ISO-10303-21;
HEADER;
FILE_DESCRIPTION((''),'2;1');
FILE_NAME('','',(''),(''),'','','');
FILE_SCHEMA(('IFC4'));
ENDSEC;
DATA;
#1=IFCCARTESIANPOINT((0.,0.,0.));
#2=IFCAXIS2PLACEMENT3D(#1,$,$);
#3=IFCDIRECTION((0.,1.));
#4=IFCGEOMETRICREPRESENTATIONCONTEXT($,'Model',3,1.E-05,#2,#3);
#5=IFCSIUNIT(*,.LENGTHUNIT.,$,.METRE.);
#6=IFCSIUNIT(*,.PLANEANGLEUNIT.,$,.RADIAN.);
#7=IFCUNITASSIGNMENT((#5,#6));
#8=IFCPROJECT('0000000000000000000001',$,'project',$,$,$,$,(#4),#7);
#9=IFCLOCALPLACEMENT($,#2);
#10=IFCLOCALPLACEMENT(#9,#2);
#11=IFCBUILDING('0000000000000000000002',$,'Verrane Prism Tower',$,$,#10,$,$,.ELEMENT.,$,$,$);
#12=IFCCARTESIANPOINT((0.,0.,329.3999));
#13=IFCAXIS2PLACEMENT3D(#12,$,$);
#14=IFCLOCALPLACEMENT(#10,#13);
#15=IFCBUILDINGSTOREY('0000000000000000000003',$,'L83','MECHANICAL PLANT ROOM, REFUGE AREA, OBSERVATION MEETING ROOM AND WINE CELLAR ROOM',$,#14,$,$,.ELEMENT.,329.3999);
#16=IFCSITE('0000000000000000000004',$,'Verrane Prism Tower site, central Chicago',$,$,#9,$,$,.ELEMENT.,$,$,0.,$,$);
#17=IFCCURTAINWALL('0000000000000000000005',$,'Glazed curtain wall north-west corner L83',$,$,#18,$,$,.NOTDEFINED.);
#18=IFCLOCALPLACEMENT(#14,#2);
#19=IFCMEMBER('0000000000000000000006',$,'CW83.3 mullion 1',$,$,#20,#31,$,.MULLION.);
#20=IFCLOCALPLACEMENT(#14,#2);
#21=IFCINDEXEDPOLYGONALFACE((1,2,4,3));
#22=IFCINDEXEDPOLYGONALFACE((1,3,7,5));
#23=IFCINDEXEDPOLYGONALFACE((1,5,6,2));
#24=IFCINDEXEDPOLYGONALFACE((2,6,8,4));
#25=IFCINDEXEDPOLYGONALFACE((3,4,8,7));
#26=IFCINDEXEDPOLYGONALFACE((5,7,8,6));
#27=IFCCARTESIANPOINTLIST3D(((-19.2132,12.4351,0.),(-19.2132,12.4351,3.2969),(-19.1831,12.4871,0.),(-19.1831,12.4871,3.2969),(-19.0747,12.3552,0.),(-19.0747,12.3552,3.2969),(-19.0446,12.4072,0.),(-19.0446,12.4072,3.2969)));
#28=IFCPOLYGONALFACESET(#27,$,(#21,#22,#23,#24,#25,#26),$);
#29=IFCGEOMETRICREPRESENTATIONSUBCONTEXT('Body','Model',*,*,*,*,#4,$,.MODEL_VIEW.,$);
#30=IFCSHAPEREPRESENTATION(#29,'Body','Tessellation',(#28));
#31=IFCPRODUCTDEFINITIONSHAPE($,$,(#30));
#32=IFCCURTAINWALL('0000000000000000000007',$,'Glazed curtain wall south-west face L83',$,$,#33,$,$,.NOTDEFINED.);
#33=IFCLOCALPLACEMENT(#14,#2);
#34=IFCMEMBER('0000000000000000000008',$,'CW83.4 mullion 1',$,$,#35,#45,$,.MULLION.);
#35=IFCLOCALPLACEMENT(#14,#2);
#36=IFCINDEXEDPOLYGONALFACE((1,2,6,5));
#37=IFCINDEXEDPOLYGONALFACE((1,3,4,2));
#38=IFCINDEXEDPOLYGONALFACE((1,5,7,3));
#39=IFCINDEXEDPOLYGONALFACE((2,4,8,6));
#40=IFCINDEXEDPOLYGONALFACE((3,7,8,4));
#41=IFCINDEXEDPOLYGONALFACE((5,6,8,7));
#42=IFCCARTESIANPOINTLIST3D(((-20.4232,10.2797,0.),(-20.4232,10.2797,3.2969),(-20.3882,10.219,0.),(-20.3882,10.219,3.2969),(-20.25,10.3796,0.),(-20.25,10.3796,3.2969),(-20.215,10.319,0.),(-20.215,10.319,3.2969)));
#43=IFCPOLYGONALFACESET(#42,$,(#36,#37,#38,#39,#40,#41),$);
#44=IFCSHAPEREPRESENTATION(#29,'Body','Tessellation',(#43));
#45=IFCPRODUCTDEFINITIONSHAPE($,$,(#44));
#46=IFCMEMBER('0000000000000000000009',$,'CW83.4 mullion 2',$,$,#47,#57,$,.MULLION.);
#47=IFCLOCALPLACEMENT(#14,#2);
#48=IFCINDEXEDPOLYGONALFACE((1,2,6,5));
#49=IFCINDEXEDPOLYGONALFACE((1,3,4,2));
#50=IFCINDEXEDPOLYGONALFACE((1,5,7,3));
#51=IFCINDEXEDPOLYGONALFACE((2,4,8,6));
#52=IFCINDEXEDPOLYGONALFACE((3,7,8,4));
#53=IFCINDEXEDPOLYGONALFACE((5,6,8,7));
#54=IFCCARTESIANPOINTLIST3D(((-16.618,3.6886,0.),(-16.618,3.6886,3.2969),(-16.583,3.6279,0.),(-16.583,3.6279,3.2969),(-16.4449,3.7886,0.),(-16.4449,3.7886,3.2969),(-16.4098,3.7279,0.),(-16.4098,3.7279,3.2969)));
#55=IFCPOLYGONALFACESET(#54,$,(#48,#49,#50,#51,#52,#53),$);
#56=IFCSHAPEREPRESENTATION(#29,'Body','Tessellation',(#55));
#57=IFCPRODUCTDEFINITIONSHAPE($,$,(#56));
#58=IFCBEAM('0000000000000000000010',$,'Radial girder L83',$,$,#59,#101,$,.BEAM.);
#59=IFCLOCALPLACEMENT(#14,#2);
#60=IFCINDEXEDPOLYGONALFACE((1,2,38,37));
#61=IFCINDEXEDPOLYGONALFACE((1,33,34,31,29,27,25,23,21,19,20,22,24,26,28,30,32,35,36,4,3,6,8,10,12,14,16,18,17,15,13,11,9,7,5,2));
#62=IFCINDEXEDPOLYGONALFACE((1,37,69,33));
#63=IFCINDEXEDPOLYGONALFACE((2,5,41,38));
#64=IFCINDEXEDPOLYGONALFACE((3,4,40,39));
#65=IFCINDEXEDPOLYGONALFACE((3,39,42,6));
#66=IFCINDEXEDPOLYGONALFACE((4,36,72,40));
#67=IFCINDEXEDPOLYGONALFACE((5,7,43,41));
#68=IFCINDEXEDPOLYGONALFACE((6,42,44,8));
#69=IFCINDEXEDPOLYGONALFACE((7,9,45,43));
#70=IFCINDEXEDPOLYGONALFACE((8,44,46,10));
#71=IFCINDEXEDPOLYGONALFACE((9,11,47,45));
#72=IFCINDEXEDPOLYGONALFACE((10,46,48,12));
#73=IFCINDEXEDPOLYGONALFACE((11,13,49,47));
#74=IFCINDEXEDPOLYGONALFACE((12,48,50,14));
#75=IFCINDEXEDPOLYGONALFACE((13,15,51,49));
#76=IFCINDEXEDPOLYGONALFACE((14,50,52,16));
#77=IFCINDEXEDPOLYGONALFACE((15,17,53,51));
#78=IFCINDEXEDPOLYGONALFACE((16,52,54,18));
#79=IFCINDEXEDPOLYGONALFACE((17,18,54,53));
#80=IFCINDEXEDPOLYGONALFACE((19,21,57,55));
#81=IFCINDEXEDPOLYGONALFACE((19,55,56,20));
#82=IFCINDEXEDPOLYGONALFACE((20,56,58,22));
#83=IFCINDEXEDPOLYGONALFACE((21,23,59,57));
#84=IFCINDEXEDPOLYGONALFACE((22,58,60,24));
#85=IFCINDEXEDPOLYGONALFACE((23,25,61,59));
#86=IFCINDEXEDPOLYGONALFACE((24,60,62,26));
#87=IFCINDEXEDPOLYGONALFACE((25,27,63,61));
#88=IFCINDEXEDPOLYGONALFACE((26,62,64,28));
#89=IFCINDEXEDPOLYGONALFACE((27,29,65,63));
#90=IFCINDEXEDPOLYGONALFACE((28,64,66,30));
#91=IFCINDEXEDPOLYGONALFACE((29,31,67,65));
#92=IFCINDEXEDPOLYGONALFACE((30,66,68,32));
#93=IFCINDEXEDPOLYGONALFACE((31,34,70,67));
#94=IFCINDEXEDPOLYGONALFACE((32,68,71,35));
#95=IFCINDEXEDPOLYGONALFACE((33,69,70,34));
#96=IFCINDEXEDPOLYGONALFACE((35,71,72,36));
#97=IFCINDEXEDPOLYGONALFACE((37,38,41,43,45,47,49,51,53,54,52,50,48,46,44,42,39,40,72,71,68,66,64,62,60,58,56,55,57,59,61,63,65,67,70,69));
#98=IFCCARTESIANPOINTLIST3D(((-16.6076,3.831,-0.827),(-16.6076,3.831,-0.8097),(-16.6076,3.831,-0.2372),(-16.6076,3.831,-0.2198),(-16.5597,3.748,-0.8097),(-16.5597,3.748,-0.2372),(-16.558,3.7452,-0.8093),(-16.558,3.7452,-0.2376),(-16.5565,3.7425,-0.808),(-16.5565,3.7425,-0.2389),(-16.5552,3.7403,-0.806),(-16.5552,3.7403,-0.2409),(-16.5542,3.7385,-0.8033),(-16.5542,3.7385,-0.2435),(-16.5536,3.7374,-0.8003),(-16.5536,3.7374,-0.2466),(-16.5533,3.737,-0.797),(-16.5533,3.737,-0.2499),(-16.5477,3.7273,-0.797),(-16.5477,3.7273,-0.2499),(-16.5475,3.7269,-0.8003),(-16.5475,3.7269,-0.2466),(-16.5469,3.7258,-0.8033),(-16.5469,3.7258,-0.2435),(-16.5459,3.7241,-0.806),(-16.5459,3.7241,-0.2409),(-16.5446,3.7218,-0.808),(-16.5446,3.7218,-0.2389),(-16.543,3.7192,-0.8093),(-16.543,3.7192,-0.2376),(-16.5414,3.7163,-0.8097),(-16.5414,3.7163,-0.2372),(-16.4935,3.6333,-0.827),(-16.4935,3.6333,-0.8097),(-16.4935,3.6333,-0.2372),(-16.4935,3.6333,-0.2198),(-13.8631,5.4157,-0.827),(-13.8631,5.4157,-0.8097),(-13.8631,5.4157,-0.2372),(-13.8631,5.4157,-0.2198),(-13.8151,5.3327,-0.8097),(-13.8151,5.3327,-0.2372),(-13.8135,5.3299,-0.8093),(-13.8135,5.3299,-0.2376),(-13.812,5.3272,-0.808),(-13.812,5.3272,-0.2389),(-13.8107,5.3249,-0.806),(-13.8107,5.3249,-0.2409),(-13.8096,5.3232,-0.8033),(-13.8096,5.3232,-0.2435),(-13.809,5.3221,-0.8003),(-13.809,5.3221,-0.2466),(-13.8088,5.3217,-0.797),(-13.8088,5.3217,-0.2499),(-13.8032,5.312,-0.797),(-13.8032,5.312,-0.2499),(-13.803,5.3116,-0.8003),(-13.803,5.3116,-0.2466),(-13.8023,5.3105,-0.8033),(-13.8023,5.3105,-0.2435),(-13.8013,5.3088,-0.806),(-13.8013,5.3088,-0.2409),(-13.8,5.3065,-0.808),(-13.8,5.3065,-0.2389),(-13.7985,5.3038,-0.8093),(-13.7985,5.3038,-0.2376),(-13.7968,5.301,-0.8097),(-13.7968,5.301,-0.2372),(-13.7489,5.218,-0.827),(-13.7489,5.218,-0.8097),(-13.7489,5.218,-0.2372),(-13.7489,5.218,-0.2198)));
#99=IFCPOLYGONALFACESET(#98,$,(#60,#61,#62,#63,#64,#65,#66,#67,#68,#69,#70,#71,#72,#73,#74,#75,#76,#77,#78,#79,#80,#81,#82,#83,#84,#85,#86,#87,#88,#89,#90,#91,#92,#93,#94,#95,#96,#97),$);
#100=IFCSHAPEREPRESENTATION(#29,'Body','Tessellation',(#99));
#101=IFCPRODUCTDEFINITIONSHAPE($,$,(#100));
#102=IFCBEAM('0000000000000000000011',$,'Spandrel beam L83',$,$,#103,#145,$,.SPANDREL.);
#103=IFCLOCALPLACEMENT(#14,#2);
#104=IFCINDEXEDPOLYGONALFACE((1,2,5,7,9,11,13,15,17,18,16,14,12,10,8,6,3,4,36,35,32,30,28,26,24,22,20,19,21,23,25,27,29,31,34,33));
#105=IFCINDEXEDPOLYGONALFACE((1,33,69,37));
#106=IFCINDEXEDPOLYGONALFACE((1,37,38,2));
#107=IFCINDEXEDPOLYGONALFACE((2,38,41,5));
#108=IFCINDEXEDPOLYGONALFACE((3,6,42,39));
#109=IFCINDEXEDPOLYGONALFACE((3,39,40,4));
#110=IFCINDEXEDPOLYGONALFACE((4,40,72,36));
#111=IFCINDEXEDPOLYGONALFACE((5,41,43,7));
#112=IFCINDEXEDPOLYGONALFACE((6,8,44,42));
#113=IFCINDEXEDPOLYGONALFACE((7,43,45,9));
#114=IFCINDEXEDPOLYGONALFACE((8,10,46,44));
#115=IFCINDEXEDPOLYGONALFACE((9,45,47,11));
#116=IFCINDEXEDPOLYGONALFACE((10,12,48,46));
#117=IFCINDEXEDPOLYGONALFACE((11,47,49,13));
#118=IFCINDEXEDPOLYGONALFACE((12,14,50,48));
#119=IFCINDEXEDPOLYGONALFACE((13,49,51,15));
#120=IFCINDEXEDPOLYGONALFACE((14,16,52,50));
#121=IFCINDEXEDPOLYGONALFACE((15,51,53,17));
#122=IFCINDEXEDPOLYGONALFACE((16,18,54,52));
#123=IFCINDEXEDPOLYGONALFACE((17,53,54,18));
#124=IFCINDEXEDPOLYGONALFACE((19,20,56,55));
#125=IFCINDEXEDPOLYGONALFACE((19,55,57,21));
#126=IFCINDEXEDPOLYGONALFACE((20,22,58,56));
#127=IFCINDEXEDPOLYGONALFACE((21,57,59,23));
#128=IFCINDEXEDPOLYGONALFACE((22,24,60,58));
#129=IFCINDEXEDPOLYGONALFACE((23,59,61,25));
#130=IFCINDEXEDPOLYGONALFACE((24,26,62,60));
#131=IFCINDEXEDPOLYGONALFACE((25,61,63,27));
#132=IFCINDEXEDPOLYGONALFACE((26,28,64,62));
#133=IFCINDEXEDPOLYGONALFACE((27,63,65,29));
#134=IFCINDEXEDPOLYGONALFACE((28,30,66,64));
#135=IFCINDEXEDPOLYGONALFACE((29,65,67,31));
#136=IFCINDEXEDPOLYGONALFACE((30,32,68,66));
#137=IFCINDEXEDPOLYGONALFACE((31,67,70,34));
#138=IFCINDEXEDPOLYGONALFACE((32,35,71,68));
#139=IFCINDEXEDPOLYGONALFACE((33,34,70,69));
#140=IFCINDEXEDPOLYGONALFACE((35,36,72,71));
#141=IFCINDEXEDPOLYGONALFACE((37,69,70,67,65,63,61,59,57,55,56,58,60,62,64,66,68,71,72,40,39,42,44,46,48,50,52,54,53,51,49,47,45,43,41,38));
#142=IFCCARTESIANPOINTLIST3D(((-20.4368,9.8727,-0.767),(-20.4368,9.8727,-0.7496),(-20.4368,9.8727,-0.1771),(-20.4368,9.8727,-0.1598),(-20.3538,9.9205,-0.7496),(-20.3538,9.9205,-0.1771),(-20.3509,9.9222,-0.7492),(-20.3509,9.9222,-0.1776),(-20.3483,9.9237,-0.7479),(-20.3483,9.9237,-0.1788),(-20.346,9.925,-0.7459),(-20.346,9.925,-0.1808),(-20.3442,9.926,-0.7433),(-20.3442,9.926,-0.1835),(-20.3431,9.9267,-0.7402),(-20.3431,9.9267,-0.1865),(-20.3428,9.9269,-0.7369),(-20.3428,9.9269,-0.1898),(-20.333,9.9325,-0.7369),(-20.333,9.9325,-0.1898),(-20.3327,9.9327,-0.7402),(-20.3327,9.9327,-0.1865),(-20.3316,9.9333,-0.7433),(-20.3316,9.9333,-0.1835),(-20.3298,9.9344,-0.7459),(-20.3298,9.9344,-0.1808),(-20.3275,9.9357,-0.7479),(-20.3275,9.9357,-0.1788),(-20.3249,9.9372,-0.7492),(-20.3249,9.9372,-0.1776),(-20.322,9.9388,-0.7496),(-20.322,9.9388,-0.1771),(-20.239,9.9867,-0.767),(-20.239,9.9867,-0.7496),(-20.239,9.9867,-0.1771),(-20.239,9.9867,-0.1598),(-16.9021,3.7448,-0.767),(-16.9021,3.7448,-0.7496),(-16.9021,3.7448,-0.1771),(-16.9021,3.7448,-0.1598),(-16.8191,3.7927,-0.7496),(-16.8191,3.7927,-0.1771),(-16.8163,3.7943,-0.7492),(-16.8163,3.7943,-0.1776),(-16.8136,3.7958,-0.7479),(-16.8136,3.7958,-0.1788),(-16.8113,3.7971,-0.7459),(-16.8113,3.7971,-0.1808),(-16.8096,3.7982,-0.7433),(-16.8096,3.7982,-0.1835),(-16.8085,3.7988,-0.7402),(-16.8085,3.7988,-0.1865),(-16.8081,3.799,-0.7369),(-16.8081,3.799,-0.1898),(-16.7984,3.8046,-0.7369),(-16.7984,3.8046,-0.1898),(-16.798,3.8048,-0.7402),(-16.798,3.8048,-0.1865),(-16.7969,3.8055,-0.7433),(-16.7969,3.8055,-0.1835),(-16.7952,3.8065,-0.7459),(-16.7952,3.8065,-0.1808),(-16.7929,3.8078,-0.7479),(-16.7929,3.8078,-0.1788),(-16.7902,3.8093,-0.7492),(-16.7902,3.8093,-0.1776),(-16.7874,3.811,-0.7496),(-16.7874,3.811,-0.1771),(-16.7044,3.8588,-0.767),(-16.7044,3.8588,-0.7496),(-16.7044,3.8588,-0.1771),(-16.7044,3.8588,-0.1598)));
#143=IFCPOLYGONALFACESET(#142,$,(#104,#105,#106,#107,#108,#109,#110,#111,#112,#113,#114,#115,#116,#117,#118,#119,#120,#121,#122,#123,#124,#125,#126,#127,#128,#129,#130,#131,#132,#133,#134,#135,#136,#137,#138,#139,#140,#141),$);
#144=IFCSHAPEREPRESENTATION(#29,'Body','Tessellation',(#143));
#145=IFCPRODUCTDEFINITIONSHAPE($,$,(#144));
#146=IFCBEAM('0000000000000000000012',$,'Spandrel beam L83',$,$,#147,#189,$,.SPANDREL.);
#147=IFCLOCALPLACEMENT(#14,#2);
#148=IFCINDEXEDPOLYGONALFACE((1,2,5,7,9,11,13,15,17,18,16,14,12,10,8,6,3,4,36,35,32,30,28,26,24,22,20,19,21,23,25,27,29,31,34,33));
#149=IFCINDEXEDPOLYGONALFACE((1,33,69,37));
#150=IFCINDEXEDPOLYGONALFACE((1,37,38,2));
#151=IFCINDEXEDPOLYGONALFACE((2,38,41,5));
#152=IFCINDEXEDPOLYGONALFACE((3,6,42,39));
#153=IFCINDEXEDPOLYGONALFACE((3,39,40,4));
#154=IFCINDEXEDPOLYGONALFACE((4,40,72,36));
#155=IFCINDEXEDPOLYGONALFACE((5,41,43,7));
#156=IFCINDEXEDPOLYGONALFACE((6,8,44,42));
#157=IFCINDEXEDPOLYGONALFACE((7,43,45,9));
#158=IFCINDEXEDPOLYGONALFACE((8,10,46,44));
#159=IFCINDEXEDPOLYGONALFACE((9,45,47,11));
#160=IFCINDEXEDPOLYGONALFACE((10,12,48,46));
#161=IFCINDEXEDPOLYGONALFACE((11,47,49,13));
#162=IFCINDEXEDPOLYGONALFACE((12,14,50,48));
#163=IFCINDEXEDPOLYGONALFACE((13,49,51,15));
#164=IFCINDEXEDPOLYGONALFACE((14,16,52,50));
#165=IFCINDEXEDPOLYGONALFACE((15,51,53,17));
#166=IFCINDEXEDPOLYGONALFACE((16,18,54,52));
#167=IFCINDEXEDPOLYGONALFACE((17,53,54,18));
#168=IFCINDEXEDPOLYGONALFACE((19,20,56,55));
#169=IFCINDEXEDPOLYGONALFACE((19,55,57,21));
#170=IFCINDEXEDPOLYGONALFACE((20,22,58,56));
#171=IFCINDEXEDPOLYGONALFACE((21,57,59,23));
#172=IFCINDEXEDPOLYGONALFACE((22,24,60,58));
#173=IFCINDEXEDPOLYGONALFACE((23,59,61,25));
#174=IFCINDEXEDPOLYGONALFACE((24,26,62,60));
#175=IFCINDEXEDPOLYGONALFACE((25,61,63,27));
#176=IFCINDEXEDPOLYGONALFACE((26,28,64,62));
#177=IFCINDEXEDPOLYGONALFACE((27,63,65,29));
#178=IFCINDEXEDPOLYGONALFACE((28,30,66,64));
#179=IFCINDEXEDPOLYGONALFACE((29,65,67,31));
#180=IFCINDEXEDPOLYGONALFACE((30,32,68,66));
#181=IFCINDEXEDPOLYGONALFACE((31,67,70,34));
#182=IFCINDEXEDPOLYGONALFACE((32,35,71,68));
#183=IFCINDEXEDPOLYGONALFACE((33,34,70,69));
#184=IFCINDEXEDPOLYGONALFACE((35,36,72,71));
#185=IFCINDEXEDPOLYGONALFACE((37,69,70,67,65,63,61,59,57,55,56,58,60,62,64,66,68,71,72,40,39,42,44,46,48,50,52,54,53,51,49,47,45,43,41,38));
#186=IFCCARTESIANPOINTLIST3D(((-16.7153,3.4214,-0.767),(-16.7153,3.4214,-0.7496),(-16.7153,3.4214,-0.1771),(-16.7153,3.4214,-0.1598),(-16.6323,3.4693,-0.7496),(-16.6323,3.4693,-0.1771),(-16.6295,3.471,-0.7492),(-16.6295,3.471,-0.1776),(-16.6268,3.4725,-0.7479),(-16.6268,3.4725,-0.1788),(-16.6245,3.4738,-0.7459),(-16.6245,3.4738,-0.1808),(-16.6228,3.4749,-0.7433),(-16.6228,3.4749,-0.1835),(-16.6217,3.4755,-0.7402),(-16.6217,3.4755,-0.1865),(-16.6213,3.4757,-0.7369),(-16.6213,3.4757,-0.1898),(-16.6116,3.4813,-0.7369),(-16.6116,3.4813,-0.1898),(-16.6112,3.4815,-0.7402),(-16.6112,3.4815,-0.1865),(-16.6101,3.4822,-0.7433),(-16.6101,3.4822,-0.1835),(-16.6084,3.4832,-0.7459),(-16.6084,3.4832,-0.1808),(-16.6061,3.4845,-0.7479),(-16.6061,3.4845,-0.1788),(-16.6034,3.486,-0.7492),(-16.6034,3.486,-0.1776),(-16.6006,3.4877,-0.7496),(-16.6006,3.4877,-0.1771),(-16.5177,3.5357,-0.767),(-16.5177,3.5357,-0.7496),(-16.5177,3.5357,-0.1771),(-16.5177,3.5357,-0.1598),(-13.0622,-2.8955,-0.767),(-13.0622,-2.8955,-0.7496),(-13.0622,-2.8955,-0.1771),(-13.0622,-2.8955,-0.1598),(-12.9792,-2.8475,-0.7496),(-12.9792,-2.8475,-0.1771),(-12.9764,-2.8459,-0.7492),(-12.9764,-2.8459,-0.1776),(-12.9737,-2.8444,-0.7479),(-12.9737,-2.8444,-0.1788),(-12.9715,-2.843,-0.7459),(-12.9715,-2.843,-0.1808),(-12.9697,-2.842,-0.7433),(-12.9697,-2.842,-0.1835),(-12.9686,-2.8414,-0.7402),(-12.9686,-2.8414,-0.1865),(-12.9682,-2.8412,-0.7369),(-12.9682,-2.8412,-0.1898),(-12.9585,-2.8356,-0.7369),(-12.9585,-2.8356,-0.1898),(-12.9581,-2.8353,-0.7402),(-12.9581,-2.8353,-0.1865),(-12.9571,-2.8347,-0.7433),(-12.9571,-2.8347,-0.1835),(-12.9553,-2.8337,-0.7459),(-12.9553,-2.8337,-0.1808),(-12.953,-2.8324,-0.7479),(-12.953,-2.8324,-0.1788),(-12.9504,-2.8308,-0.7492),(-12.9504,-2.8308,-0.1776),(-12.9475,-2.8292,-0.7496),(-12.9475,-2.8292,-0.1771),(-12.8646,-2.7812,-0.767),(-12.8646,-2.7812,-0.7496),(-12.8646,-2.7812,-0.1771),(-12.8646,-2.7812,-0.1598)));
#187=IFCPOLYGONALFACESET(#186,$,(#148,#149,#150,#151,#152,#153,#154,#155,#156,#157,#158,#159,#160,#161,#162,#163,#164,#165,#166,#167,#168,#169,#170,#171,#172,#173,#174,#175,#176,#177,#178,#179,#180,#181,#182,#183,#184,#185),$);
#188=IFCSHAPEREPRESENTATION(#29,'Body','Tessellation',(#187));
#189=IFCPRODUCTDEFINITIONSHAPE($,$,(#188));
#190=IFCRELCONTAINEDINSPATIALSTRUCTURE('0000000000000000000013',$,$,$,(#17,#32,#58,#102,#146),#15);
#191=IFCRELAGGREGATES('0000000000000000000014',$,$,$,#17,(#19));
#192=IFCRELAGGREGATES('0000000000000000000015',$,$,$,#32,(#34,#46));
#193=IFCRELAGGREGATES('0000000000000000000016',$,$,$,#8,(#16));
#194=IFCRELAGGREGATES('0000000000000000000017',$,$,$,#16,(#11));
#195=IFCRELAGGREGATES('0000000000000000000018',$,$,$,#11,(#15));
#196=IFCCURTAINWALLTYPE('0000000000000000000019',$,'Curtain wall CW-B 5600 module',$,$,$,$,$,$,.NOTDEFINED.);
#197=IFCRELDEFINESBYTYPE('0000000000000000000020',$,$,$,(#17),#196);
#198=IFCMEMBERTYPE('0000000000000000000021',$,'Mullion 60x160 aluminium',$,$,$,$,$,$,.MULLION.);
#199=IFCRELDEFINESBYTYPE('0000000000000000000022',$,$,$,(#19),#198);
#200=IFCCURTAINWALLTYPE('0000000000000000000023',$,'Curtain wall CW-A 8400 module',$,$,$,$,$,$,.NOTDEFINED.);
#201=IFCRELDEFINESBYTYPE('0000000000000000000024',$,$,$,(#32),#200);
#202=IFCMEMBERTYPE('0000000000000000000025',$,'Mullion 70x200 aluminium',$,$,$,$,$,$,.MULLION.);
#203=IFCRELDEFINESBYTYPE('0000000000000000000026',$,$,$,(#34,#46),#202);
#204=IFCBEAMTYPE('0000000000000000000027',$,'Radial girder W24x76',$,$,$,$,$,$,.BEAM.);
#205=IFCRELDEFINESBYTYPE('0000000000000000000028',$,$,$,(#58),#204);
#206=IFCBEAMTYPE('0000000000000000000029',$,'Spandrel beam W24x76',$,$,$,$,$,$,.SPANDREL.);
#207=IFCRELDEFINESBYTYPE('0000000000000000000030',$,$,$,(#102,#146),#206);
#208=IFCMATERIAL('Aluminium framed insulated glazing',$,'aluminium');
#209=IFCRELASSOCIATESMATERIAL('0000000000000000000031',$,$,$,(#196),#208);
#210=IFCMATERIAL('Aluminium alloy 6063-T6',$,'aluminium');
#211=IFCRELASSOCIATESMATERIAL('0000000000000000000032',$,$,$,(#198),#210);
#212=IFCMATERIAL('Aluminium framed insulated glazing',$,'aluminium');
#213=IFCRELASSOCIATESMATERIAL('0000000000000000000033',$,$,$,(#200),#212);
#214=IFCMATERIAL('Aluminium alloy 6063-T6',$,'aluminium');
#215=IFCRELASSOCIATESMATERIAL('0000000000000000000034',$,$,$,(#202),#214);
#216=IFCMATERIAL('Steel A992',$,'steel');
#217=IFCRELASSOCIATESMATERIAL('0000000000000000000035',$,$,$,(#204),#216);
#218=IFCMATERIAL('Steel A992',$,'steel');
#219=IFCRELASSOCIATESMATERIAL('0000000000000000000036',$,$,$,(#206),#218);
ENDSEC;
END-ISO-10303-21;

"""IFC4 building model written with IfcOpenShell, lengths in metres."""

from ifc_helpers import new_model, si_unit, direction, frame, origin, origin_2d, place, context, subcontext, project, spatial, rectangle, i_section, extrude, material, material_profile, profile_set, type_object, element, aggregate, save


model = new_model("IFC4")

# Units and contexts
model_context = context("Model", 3, precision=1e-05, world=origin(), true_north=direction((0.0, 1.0)))
body_context = subcontext(model_context, "Body", "Model", "MODEL_VIEW")
ifc_project = project(units=[si_unit("LENGTHUNIT", "METRE"), si_unit("PLANEANGLEUNIT", "RADIAN")], contexts=[model_context])

# Site, building, storey
site_placement = place(None, origin())
site = spatial("IfcSite", under=ifc_project, at=site_placement, Name="Verrane Prism Tower site, central Chicago", CompositionType="ELEMENT", RefElevation=0.0)
building_placement = place(site_placement, origin())
building = spatial("IfcBuilding", under=site, at=building_placement, Name="Verrane Prism Tower", CompositionType="ELEMENT")
storey_placement = place(building_placement, frame((0.0, 0.0, 329.3999)))
storey = spatial("IfcBuildingStorey", under=building, at=storey_placement, Name="L83", Description="MECHANICAL PLANT ROOM, REFUGE AREA, OBSERVATION MEETING ROOM AND WINE CELLAR ROOM", CompositionType="ELEMENT", Elevation=329.3999)

# Curtain wall, member
ifc_material_1 = material(Name="Aluminium framed insulated glazing", Category="aluminium")
curtain_wall_type_1 = type_object("IfcCurtainWallType", Name="Curtain wall CW-B 5600 module", PredefinedType="NOTDEFINED", material=ifc_material_1)
curtain_wall_1_placement = place(storey_placement, origin())
curtain_wall_1 = element("IfcCurtainWall", 1, at=curtain_wall_1_placement, inside=storey, type_object=curtain_wall_type_1, Name="Glazed curtain wall north-west corner L83", PredefinedType="NOTDEFINED")
ifc_material_2 = material(Name="Aluminium alloy 6063-T6", Category="aluminium")
ifc_material_profile_1 = material_profile(ifc_material_2, rectangle(XDim=0.1599, YDim=0.0601, at=origin_2d()), Name="Mullion 60x160 aluminium")
ifc_profile_set_1 = profile_set([ifc_material_profile_1], Name="Aluminium alloy 6063-T6")
member_type_1 = type_object("IfcMemberType", Name="Mullion 60x160 aluminium", PredefinedType="MULLION", material=ifc_profile_set_1)
member_1_placement = place(storey_placement, frame((-19.1289, 12.4211, 0.0), z_axis=(0.0, 0.0, 1.0), x_axis=(0.866025, -0.500001, 0.0)))
member_1 = element("IfcMember", 2, at=member_1_placement, type_object=member_type_1, Name="CW83.3 mullion 1", PredefinedType="MULLION", context=body_context, shape_type="SweptSolid", body=[
    extrude(rectangle(XDim=0.1599, YDim=0.0601, at=origin_2d()), origin(), (0.0, 0.0, 1.0), 3.2969),
])

# Curtain wall, members
ifc_material_3 = material(Name="Aluminium framed insulated glazing", Category="aluminium")
curtain_wall_type_2 = type_object("IfcCurtainWallType", Name="Curtain wall CW-A 8400 module", PredefinedType="NOTDEFINED", material=ifc_material_3)
curtain_wall_2_placement = place(storey_placement, origin())
curtain_wall_2 = element("IfcCurtainWall", 3, at=curtain_wall_2_placement, inside=storey, type_object=curtain_wall_type_2, Name="Glazed curtain wall south-west face L83", PredefinedType="NOTDEFINED")
ifc_material_4 = material(Name="Aluminium alloy 6063-T6", Category="aluminium")
ifc_material_profile_2 = material_profile(ifc_material_4, rectangle(XDim=0.2, YDim=0.0701, at=origin_2d()), Name="Mullion 70x200 aluminium")
ifc_profile_set_2 = profile_set([ifc_material_profile_2], Name="Aluminium alloy 6063-T6")
member_type_2 = type_object("IfcMemberType", Name="Mullion 70x200 aluminium", PredefinedType="MULLION", material=ifc_profile_set_2)
member_2_placement = place(storey_placement, frame((-20.3191, 10.2993, 0.0), z_axis=(0.0, 0.0, 1.0), x_axis=(0.866025, 0.5, 0.0)))
member_2 = element("IfcMember", 4, at=member_2_placement, type_object=member_type_2, Name="CW83.4 mullion 1", PredefinedType="MULLION", context=body_context, shape_type="SweptSolid", body=[
    extrude(rectangle(XDim=0.2, YDim=0.0701, at=origin_2d()), origin(), (0.0, 0.0, 1.0), 3.2969),
])
member_3_placement = place(storey_placement, frame((-16.5139, 3.7083, 0.0), z_axis=(0.0, 0.0, 1.0), x_axis=(0.866025, 0.5, 0.0)))
member_3 = element("IfcMember", 5, at=member_3_placement, type_object=member_type_2, Name="CW83.4 mullion 2", PredefinedType="MULLION", context=body_context, shape_type="SweptSolid", body=[
    extrude(rectangle(XDim=0.2, YDim=0.0701, at=origin_2d()), origin(), (0.0, 0.0, 1.0), 3.2969),
])

# Beams
ifc_material_5 = material(Name="Steel A992", Category="steel")
ifc_material_profile_3 = material_profile(ifc_material_5, i_section(OverallWidth=0.2283, OverallDepth=0.6072, WebThickness=0.0112, FlangeThickness=0.0173, FilletRadius=0.0127, at=origin_2d()), Name="W24x76")
ifc_profile_set_3 = profile_set([ifc_material_profile_3], Name="Steel A992")
beam_type_1 = type_object("IfcBeamType", Name="Radial girder W24x76", PredefinedType="BEAM", material=ifc_profile_set_3)
beam_1_placement = place(storey_placement, frame((-16.5505, 3.7322, -0.5234), z_axis=(0.866011, 0.500025, 0.0), x_axis=(-0.500025, 0.866011, 0.0)))
element("IfcBeam", 6, at=beam_1_placement, inside=storey, type_object=beam_type_1, Name="Radial girder L83", PredefinedType="BEAM", context=body_context, shape_type="SweptSolid", body=[
    extrude(i_section(OverallWidth=0.2283, OverallDepth=0.6072, WebThickness=0.0112, FlangeThickness=0.0173, FilletRadius=0.0127, at=origin_2d()), origin(), (0.0, 0.0, 1.0), 3.1692),
])
ifc_material_6 = material(Name="Steel A992", Category="steel")
ifc_material_profile_4 = material_profile(ifc_material_6, i_section(OverallWidth=0.2283, OverallDepth=0.6072, WebThickness=0.0112, FlangeThickness=0.0173, FilletRadius=0.0127, at=origin_2d()), Name="W24x76")
ifc_profile_set_4 = profile_set([ifc_material_profile_4], Name="Steel A992")
beam_type_2 = type_object("IfcBeamType", Name="Spandrel beam W24x76", PredefinedType="SPANDREL", material=ifc_profile_set_4)
beam_2_placement = place(storey_placement, frame((-20.3379, 9.9297, -0.4634), z_axis=(0.499651, -0.866227, 0.0), x_axis=(0.866227, 0.499651, 0.0)))
element("IfcBeam", 7, at=beam_2_placement, inside=storey, type_object=beam_type_2, Name="Spandrel beam L83", PredefinedType="SPANDREL", context=body_context, shape_type="SweptSolid", body=[
    extrude(i_section(OverallWidth=0.2283, OverallDepth=0.6072, WebThickness=0.0112, FlangeThickness=0.0173, FilletRadius=0.0127, at=origin_2d()), origin(), (0.0, 0.0, 1.0), 7.0742),
])
beam_3_placement = place(storey_placement, frame((-16.6165, 3.4785, -0.4634), z_axis=(0.500618, -0.865668, 0.0), x_axis=(0.865668, 0.500618, 0.0)))
element("IfcBeam", 8, at=beam_3_placement, inside=storey, type_object=beam_type_2, Name="Spandrel beam L83", PredefinedType="SPANDREL", context=body_context, shape_type="SweptSolid", body=[
    extrude(i_section(OverallWidth=0.2283, OverallDepth=0.6072, WebThickness=0.0112, FlangeThickness=0.0173, FilletRadius=0.0127, at=origin_2d()), origin(), (0.0, 0.0, 1.0), 7.2971),
])

aggregate(curtain_wall_1, [member_1])

aggregate(curtain_wall_2, [member_2, member_3])

save(model, "model.ifc")
